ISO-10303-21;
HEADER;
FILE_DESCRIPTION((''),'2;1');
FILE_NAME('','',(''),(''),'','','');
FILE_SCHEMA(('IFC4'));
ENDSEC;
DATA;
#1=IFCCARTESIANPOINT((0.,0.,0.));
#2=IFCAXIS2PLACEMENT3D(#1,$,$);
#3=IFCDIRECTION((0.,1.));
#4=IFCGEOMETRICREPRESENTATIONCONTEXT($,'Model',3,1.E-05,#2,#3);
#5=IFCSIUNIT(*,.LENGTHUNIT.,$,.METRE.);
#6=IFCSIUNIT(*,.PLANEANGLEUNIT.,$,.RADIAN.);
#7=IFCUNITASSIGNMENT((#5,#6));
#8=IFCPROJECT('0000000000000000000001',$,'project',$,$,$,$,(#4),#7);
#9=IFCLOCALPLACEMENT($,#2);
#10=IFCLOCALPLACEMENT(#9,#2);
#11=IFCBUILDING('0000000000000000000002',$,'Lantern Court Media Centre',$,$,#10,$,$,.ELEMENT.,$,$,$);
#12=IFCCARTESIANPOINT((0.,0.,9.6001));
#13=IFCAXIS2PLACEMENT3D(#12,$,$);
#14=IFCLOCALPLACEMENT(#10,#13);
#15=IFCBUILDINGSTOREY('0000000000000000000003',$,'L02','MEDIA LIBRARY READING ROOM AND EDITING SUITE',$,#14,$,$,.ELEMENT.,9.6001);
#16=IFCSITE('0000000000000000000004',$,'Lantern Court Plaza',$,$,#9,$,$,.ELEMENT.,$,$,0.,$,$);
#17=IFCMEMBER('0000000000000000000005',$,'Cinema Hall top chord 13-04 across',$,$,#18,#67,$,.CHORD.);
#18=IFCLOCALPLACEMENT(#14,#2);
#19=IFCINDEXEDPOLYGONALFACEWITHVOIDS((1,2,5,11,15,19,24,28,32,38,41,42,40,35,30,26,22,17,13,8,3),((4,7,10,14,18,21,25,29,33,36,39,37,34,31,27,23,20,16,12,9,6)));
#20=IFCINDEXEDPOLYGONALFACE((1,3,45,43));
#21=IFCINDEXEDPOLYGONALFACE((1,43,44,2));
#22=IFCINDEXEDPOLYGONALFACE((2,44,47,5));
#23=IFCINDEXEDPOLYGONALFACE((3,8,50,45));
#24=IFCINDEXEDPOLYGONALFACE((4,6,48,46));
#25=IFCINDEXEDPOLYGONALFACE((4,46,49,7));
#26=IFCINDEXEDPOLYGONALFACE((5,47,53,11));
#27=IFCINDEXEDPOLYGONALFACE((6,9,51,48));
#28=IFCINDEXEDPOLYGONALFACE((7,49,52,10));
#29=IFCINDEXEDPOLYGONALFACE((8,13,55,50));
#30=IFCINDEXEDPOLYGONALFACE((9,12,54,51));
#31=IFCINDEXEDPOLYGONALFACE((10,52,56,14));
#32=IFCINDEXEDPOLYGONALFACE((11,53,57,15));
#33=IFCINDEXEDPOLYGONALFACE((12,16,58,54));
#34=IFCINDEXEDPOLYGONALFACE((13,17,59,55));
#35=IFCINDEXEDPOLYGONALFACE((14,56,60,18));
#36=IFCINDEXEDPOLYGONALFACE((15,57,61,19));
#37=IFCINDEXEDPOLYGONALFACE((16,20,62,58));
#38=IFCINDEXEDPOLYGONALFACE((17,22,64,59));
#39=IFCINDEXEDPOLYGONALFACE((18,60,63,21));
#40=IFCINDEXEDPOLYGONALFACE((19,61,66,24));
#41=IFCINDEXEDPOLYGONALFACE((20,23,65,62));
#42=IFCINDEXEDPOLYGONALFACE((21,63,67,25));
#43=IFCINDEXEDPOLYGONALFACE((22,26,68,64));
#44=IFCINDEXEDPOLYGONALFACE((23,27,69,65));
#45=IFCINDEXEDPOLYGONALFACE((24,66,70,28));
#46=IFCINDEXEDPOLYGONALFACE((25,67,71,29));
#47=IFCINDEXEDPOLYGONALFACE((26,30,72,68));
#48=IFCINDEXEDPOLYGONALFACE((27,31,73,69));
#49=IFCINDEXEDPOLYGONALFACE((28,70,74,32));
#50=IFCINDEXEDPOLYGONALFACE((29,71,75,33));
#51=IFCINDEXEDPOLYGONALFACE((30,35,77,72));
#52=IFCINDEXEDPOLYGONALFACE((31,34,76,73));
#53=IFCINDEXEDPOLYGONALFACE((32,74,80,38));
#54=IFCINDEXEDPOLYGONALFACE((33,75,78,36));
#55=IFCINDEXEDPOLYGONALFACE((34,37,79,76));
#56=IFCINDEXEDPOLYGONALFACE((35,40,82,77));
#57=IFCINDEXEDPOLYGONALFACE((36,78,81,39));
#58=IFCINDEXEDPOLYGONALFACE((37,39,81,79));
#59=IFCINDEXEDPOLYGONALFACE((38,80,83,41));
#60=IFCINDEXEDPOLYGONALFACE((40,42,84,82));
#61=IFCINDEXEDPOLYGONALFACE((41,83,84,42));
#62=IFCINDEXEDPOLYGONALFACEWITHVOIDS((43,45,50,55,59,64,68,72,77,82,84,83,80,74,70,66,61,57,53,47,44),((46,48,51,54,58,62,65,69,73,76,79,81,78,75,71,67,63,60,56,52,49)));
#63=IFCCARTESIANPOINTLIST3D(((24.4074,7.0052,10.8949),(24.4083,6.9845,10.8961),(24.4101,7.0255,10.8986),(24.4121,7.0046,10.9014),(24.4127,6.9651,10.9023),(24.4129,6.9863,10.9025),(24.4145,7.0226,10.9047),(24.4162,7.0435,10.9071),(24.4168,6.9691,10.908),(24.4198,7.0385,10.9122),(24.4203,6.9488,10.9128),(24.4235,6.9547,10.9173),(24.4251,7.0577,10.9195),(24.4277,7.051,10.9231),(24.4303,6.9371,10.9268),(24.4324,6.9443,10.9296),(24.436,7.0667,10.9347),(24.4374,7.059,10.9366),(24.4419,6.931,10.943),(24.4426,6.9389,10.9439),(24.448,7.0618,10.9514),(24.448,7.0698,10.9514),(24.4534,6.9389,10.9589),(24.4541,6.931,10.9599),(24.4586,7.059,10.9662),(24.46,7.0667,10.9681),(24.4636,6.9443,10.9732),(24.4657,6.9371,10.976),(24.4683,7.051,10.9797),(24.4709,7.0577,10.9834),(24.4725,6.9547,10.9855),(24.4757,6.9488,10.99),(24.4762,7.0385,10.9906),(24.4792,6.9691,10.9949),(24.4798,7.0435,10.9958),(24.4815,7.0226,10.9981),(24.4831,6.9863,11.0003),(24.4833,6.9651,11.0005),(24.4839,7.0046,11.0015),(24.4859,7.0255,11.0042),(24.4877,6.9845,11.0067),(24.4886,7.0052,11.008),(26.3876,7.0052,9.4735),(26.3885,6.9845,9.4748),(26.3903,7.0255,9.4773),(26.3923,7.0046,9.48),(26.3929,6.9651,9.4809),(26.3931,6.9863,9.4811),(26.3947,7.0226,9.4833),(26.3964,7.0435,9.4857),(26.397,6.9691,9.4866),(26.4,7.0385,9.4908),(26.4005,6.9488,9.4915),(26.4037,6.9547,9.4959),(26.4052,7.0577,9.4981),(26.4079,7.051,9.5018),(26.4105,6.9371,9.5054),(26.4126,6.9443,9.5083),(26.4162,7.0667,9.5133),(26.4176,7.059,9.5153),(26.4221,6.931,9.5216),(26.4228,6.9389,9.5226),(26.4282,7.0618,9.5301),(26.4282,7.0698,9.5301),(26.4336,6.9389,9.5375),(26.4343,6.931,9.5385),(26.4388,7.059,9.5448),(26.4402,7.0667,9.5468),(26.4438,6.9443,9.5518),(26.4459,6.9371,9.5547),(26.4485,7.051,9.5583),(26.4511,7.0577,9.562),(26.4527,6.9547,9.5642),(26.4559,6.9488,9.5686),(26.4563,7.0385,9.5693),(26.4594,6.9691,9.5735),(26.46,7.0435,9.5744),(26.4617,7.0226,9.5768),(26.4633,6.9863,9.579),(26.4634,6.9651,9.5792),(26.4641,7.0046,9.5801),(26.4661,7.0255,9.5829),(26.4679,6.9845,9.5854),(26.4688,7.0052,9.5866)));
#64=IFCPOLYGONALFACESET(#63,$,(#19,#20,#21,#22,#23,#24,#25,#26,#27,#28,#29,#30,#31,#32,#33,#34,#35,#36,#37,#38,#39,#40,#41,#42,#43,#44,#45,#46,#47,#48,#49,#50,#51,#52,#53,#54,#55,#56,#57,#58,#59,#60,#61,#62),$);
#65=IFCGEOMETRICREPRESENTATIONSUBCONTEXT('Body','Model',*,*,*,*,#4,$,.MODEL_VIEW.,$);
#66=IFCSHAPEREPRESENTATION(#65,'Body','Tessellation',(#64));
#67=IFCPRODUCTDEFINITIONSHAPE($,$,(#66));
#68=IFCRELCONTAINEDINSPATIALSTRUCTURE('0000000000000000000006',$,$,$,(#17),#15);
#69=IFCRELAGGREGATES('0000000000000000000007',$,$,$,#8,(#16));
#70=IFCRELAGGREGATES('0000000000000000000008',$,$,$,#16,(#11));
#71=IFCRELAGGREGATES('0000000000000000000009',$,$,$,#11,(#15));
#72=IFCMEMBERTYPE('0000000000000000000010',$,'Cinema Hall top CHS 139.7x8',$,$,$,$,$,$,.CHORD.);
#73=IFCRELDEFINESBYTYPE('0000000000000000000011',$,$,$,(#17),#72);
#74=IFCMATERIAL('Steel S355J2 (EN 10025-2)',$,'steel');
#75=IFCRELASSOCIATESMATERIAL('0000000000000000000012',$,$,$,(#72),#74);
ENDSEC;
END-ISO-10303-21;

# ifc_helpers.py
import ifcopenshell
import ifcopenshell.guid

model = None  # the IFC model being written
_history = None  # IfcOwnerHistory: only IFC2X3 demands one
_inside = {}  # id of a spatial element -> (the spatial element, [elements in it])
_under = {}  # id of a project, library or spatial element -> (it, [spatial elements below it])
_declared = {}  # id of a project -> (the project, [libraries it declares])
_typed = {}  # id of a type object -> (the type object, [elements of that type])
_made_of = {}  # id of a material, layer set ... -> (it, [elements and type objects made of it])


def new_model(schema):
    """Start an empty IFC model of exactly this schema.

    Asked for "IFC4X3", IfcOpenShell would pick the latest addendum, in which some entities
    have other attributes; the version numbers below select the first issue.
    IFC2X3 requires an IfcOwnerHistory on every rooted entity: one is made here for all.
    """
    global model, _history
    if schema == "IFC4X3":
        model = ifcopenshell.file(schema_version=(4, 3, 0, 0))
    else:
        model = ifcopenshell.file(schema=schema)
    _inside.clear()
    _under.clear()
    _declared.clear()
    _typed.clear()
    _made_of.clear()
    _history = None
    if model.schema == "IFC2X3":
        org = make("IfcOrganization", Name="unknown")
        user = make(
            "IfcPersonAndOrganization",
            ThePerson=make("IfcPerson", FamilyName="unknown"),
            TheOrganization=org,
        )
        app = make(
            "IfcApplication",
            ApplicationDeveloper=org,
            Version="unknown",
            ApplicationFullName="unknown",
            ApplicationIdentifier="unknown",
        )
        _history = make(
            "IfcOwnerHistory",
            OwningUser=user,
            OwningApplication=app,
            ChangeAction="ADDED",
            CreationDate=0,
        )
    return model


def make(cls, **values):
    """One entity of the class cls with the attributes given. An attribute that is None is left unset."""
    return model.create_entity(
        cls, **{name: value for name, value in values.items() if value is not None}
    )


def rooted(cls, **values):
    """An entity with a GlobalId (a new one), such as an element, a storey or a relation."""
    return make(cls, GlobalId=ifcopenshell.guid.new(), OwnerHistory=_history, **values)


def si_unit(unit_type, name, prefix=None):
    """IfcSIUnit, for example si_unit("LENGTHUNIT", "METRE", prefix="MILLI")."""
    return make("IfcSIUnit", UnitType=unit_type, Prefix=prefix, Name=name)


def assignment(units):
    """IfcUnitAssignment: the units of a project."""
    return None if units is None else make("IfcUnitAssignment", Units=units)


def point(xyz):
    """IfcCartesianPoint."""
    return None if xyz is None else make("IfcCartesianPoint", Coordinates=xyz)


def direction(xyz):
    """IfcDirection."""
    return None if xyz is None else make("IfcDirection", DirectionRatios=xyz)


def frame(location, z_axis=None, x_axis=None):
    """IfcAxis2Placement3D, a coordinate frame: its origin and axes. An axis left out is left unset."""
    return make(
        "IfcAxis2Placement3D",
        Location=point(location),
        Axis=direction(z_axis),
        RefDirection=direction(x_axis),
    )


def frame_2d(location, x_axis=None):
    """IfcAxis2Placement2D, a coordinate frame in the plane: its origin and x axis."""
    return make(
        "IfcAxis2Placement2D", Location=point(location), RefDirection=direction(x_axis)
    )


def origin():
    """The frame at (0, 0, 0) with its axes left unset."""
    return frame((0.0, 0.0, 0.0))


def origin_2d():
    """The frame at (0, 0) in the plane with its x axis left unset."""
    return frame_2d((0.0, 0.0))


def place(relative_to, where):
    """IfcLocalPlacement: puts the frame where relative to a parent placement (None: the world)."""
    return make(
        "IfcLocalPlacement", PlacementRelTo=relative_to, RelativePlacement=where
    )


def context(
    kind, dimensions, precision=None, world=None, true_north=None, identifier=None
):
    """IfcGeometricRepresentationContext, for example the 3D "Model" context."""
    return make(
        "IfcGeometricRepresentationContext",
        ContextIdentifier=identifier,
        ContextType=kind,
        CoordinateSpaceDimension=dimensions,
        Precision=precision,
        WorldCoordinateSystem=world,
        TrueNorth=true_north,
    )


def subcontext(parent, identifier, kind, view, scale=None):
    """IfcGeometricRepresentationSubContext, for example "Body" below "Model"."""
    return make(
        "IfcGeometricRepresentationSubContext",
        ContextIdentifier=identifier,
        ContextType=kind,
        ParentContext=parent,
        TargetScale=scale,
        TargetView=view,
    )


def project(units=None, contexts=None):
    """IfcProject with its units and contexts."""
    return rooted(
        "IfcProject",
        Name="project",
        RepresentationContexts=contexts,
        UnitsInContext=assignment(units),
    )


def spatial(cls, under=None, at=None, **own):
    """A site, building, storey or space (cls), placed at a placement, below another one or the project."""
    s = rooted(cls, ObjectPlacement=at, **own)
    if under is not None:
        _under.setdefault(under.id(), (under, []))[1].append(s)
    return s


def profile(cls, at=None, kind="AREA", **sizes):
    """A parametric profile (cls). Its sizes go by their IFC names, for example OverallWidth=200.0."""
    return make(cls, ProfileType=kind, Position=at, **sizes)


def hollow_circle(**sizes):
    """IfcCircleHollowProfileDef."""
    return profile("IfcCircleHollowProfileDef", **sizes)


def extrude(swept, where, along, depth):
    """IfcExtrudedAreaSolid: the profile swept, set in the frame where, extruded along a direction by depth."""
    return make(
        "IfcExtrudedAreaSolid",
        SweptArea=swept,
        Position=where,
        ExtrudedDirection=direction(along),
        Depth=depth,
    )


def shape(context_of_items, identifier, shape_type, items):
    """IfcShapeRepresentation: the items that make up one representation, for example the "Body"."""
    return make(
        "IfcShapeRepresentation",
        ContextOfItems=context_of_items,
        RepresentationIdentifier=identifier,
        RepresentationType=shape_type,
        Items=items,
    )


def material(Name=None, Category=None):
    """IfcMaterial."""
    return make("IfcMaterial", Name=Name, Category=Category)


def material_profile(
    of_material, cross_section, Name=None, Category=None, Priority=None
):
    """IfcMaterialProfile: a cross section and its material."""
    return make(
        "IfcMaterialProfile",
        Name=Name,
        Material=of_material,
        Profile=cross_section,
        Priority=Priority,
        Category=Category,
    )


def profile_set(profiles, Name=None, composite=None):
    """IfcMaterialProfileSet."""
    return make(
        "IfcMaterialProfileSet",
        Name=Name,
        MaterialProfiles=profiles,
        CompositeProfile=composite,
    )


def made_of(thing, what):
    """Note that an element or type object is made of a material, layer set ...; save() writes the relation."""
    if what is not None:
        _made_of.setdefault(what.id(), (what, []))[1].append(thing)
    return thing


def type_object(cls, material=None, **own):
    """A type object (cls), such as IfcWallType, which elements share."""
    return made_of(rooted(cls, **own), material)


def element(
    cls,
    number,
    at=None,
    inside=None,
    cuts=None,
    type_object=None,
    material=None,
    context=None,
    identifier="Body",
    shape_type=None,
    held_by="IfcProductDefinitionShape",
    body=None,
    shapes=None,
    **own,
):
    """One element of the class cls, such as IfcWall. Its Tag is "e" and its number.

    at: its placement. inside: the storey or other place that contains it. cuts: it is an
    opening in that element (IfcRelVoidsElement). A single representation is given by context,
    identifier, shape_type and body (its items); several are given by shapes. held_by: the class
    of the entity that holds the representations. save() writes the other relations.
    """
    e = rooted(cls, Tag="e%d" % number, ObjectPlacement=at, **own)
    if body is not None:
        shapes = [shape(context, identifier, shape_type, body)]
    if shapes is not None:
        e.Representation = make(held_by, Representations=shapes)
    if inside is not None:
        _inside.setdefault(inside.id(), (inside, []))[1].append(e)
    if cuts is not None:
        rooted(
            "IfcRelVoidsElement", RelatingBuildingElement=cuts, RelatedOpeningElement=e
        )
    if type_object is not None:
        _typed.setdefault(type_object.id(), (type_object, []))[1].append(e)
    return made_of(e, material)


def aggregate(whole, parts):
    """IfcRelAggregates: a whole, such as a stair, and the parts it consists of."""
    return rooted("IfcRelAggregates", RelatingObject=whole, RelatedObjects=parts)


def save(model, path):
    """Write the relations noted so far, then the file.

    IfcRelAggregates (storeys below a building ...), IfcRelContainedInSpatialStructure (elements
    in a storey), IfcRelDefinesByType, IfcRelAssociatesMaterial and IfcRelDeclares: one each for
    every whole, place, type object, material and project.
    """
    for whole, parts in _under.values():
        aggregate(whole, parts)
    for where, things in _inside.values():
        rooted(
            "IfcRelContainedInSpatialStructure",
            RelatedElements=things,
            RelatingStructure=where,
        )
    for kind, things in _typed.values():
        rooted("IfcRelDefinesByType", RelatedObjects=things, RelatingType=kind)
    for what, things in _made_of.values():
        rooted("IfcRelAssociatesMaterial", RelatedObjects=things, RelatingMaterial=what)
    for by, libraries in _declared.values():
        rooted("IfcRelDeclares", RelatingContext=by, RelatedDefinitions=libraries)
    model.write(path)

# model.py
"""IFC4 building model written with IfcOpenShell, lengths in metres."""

from ifc_helpers import new_model, si_unit, direction, frame, origin, origin_2d, place, context, subcontext, project, spatial, hollow_circle, extrude, material, material_profile, profile_set, type_object, element, save


model = new_model("IFC4")

# Units and contexts
model_context = context("Model", 3, precision=1e-05, world=origin(), true_north=direction((0.0, 1.0)))
body_context = subcontext(model_context, "Body", "Model", "MODEL_VIEW")
ifc_project = project(units=[si_unit("LENGTHUNIT", "METRE"), si_unit("PLANEANGLEUNIT", "RADIAN")], contexts=[model_context])

# Site, building, storey
site_placement = place(None, origin())
site = spatial("IfcSite", under=ifc_project, at=site_placement, Name="Lantern Court Plaza", CompositionType="ELEMENT", RefElevation=0.0)
building_placement = place(site_placement, origin())
building = spatial("IfcBuilding", under=site, at=building_placement, Name="Lantern Court Media Centre", CompositionType="ELEMENT")
storey_placement = place(building_placement, frame((0.0, 0.0, 9.6001)))
storey = spatial("IfcBuildingStorey", under=building, at=storey_placement, Name="L02", Description="MEDIA LIBRARY READING ROOM AND EDITING SUITE", CompositionType="ELEMENT", Elevation=9.6001)

# Member
ifc_material = material(Name="Steel S355J2 (EN 10025-2)", Category="steel")
ifc_material_profile_1 = material_profile(ifc_material, hollow_circle(Radius=0.0698, WallThickness=0.0081, at=origin_2d()), Name="Cinema Hall top CHS 139.7x8")
ifc_profile_set_1 = profile_set([ifc_material_profile_1], Name="Steel S355J2 (EN 10025-2)")
member_type_1 = type_object("IfcMemberType", Name="Cinema Hall top CHS 139.7x8", PredefinedType="CHORD", material=ifc_profile_set_1)
member_1_placement = place(storey_placement, frame((24.448, 7.0, 10.9514), z_axis=(0.812385, 0.0, -0.583122), x_axis=(0.0, 1.0, 0.0)))
element("IfcMember", 1, at=member_1_placement, inside=storey, type_object=member_type_1, Name="Cinema Hall top chord 13-04 across", PredefinedType="CHORD", context=body_context, shape_type="SweptSolid", body=[
    extrude(hollow_circle(Radius=0.0698, WallThickness=0.0081, at=origin_2d()), origin(), (0.0, 0.0, 1.0), 2.4375),
])

save(model, "model.ifc")
